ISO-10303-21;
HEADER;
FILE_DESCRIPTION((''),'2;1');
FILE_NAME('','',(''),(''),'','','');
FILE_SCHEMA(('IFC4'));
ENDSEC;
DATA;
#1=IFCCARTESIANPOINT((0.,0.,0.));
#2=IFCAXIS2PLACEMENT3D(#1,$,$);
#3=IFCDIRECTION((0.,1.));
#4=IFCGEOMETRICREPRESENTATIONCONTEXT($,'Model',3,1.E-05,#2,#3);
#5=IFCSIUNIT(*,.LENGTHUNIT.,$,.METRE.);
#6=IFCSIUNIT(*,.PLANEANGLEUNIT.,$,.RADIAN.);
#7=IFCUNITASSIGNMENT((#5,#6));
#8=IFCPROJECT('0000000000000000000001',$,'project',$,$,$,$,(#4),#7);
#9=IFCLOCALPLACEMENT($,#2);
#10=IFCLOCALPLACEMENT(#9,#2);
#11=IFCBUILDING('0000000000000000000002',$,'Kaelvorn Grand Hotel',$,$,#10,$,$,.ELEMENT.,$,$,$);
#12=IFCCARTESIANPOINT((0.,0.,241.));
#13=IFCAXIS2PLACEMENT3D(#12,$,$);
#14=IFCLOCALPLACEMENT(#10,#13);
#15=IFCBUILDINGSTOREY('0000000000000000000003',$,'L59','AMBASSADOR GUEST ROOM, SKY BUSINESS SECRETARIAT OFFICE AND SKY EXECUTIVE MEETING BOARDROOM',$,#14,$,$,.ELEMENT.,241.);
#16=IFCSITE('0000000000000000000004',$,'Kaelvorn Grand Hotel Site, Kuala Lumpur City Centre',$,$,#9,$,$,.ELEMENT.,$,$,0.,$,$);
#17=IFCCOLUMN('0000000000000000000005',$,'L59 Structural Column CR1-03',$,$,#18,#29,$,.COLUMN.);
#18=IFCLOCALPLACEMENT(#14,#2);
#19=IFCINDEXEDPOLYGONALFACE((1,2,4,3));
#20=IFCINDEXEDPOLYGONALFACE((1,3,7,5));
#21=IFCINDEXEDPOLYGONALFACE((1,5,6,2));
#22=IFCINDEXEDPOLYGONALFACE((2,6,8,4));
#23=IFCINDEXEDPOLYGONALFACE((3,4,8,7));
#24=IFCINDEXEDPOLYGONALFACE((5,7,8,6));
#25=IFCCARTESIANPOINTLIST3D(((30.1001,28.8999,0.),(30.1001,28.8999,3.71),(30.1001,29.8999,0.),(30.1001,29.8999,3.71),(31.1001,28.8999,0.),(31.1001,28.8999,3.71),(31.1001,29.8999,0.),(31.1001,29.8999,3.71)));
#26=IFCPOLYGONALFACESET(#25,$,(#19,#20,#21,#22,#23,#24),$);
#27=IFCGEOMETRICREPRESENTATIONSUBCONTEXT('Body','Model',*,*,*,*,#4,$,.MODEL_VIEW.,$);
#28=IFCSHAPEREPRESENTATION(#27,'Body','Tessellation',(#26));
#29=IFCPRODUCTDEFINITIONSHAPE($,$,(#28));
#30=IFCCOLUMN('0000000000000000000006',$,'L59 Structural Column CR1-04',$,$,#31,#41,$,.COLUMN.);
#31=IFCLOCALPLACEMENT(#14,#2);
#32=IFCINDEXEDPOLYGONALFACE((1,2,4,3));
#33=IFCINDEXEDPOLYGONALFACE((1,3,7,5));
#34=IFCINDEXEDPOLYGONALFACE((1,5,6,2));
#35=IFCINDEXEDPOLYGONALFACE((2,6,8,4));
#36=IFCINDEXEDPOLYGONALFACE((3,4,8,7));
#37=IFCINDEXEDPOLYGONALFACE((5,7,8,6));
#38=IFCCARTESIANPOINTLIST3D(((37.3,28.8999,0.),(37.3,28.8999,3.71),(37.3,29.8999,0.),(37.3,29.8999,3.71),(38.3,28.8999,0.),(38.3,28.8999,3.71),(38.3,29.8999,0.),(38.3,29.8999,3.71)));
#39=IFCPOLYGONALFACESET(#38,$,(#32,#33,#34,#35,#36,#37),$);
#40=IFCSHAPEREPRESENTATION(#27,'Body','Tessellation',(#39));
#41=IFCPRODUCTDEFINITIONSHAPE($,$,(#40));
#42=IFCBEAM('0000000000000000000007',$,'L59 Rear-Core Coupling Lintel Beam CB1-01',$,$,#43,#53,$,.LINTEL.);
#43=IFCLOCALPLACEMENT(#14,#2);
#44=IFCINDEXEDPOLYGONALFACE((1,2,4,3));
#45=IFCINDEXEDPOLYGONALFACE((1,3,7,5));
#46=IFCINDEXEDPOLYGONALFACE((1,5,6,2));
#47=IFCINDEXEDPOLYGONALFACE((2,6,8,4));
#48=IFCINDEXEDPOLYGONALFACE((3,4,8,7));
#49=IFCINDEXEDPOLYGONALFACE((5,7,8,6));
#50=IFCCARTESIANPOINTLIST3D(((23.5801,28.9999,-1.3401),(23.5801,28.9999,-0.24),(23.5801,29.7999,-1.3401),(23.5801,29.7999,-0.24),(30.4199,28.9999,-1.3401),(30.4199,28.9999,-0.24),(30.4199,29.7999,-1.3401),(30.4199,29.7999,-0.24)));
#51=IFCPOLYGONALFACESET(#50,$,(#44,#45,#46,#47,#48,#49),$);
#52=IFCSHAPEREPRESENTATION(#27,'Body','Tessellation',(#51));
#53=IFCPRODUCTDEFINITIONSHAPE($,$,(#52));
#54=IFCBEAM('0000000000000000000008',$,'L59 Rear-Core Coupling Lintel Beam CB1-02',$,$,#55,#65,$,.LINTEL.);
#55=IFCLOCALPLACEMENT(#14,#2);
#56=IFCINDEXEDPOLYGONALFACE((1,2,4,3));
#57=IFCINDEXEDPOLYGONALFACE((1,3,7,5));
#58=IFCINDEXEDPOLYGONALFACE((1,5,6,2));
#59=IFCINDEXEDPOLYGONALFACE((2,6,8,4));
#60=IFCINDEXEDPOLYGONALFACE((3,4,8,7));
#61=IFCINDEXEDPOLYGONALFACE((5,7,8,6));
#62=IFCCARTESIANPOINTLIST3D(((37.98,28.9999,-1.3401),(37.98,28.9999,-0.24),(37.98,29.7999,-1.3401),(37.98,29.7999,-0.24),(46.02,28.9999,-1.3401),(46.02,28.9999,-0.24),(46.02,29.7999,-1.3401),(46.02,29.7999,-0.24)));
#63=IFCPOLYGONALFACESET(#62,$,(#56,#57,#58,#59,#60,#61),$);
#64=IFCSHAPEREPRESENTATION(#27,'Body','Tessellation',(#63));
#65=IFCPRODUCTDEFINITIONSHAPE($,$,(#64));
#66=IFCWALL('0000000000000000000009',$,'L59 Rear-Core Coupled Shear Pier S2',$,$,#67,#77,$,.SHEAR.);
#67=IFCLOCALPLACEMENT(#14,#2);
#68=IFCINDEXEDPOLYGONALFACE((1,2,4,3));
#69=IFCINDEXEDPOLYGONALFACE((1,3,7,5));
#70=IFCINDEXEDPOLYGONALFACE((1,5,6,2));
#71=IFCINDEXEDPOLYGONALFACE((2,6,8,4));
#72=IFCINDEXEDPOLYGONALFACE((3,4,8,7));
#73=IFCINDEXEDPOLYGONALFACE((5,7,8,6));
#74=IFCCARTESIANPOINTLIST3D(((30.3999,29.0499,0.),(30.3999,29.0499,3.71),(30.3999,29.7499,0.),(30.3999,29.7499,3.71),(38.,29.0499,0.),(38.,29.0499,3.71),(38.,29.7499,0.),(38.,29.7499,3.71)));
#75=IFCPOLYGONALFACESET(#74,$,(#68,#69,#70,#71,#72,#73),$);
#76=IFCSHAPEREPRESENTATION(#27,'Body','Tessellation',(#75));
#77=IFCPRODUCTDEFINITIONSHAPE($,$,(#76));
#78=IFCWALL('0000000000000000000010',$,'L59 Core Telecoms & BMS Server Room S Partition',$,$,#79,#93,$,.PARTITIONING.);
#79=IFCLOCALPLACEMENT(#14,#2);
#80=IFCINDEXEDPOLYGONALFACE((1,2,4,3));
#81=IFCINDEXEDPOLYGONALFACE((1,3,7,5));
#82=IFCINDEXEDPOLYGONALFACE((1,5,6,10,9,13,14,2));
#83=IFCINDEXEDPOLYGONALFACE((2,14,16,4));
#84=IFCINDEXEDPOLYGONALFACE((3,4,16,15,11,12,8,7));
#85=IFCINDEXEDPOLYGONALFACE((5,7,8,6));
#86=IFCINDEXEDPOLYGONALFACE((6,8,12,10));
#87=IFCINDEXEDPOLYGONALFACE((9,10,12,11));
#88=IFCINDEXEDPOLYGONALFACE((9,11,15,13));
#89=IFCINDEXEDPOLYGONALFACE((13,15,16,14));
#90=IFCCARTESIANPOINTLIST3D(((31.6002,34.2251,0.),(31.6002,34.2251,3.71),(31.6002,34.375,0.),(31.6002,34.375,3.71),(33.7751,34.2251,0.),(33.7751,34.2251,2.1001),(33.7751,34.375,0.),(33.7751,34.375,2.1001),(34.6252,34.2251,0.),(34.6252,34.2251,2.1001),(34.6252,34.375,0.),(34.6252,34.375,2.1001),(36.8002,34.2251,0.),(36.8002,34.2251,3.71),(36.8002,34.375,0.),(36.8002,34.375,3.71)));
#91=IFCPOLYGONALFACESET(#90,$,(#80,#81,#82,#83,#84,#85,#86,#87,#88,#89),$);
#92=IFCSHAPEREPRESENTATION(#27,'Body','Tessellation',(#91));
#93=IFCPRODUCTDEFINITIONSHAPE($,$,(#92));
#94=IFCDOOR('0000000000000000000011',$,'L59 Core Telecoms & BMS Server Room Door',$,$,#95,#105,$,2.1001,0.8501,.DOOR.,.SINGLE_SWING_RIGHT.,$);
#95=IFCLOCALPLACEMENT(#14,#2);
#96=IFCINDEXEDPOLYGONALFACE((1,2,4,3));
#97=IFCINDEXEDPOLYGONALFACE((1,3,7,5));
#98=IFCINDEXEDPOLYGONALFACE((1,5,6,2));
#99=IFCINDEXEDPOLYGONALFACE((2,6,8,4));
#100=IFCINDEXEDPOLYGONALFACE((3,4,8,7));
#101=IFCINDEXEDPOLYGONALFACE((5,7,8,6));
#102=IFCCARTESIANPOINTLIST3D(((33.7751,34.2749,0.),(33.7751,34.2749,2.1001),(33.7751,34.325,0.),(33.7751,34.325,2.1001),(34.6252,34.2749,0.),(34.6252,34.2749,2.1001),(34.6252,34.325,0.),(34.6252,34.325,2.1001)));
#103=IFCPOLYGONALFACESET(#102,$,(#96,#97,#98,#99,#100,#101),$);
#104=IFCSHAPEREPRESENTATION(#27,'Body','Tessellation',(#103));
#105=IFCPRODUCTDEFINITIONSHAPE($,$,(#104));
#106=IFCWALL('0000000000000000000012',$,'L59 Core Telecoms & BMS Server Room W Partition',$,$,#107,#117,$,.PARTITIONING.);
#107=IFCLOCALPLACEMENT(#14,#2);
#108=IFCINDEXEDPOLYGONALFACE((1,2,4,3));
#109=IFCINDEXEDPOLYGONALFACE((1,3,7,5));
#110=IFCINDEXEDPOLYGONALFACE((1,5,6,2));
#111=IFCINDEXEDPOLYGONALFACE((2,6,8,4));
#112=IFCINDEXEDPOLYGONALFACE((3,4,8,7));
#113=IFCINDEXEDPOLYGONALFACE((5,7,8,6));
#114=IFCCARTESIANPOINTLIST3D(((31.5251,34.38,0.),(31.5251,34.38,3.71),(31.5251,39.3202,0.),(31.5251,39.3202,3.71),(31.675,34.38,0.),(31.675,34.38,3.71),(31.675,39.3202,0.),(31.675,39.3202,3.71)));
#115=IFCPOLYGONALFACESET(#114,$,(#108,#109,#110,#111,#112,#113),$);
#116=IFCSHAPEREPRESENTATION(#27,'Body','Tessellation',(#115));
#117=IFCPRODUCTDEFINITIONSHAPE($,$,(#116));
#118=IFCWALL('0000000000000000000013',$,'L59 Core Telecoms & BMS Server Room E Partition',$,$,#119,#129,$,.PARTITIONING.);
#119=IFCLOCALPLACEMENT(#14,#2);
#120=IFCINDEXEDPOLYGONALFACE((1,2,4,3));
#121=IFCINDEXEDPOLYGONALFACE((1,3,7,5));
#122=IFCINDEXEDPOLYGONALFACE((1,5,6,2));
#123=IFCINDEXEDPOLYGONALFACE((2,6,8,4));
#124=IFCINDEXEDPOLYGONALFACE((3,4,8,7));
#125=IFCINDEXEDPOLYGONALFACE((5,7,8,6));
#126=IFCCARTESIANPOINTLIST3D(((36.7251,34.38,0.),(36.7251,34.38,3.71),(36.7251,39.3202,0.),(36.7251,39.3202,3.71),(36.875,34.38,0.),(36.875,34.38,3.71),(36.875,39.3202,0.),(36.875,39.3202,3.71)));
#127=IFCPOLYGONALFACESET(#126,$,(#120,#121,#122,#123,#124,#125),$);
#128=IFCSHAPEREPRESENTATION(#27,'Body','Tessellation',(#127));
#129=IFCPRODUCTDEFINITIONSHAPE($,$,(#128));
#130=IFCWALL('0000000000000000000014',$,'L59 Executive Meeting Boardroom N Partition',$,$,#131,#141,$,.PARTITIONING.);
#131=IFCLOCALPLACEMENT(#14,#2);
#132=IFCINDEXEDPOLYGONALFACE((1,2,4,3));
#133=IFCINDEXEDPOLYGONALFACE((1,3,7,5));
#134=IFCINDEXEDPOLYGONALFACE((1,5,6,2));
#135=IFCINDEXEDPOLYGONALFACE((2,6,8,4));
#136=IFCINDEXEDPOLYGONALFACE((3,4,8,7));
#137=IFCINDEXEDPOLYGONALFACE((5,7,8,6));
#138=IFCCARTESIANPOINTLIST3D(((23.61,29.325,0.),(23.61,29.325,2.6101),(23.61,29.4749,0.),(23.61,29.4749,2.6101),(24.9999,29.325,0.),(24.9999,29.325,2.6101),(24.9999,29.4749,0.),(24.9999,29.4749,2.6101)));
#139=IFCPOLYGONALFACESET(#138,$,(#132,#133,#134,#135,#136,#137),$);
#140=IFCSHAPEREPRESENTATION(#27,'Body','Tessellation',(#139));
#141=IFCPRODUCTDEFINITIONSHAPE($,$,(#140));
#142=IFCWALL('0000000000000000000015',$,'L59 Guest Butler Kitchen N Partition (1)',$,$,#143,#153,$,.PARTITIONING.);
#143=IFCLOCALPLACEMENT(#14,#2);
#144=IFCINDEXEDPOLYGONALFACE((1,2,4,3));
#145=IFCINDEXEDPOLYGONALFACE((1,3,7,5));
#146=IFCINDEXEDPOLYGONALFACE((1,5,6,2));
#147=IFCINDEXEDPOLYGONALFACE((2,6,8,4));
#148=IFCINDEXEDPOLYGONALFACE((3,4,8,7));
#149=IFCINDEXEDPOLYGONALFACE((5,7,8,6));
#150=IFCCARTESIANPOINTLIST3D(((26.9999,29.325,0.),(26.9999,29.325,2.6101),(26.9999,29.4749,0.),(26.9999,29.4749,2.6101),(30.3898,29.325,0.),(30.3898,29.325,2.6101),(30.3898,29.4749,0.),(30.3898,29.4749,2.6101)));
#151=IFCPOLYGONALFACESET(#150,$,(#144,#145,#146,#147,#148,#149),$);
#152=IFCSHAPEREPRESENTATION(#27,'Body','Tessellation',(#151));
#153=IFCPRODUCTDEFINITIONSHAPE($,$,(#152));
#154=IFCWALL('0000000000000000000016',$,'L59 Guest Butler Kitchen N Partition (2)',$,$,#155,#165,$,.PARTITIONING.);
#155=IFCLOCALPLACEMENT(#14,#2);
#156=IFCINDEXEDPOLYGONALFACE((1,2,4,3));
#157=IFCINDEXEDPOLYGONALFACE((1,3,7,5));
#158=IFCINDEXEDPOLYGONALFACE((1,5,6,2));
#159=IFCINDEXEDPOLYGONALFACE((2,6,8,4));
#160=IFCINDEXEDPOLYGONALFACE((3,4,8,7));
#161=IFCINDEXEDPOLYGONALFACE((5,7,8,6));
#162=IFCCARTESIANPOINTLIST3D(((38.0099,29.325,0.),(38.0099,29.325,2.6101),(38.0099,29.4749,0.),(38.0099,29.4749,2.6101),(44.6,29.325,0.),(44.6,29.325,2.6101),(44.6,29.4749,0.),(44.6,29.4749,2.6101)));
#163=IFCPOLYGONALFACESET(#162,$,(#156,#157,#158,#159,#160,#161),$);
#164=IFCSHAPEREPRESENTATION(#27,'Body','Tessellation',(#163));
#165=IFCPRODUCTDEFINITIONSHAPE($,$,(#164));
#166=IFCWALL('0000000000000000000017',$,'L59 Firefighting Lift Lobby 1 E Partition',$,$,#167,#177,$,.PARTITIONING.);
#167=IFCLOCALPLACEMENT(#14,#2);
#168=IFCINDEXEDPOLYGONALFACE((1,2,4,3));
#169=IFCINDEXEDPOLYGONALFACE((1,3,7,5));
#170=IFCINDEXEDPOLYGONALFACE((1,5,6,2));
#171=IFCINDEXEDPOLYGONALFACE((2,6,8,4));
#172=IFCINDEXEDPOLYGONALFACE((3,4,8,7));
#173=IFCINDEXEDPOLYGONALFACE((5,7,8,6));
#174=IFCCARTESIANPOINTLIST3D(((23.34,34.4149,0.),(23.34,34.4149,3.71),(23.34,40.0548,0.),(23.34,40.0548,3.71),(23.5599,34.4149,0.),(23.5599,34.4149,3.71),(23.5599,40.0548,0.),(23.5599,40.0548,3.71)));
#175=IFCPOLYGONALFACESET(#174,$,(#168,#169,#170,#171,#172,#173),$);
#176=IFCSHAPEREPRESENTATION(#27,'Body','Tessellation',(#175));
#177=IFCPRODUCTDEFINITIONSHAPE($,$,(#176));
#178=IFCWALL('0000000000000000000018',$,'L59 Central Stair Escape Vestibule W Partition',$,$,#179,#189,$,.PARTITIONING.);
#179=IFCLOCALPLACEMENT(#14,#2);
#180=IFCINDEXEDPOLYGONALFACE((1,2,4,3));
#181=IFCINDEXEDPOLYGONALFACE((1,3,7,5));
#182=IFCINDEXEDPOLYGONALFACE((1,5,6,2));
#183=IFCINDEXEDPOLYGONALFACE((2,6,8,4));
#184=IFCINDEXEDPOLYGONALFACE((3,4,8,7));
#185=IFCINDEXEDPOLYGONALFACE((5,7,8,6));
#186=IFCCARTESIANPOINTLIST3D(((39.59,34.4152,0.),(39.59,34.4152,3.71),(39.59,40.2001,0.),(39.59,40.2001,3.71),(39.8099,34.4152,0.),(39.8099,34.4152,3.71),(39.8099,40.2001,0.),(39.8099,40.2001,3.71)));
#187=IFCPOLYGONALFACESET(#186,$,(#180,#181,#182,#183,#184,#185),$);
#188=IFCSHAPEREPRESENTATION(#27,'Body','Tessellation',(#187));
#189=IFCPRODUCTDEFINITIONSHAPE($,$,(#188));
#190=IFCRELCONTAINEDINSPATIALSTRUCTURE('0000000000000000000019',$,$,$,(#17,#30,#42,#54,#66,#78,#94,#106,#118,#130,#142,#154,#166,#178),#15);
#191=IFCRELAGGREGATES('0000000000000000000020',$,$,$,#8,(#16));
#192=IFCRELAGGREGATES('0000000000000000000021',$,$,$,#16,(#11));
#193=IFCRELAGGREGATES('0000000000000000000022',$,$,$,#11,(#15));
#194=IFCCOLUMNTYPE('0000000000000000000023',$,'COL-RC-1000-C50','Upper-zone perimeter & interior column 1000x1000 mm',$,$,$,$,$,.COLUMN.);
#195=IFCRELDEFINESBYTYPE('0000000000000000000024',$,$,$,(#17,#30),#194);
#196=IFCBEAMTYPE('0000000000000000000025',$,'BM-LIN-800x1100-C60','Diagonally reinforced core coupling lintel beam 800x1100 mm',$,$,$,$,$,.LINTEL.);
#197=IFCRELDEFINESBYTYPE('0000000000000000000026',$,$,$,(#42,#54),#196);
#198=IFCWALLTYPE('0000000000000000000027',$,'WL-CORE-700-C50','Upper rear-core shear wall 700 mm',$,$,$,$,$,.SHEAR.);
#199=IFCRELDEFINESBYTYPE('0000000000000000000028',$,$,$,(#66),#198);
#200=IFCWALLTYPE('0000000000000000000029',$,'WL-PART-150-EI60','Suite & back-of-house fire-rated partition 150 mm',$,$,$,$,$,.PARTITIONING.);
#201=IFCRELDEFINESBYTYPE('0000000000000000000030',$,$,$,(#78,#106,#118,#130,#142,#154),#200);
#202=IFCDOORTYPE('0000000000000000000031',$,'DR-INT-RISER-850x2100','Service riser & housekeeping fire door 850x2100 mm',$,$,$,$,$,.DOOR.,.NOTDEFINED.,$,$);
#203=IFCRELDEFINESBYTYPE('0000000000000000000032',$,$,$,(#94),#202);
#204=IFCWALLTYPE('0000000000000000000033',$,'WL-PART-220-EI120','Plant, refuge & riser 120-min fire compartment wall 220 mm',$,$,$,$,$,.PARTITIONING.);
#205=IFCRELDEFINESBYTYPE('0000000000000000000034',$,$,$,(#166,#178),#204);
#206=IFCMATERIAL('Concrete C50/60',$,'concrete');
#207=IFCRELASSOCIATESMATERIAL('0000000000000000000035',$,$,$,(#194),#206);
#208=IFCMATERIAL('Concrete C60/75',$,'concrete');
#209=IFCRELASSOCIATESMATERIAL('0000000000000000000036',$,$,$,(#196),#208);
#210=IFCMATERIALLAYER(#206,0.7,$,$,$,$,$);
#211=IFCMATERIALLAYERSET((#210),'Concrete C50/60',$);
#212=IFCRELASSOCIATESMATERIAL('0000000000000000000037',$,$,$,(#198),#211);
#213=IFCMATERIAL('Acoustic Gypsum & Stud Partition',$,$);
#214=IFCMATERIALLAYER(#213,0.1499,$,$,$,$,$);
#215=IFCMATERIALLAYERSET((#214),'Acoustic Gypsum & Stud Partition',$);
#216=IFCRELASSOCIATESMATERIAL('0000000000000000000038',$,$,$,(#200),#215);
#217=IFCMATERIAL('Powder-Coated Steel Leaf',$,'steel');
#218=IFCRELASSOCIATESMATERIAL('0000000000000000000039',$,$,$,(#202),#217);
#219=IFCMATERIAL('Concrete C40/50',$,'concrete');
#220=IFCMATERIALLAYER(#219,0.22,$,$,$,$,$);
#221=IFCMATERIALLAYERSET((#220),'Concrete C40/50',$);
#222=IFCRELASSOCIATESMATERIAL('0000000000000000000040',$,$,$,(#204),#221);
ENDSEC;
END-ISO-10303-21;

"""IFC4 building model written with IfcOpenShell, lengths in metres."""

from ifc_helpers import new_model, si_unit, direction, frame, frame_2d, origin, origin_2d, place, context, subcontext, project, spatial, rectangle, extrude, material, layer, layer_set, material_profile, profile_set, type_object, element, fill, save


model = new_model("IFC4")

# Units and contexts
model_context = context("Model", 3, precision=1e-05, world=origin(), true_north=direction((0.0, 1.0)))
body_context = subcontext(model_context, "Body", "Model", "MODEL_VIEW")
ifc_project = project(units=[si_unit("LENGTHUNIT", "METRE"), si_unit("PLANEANGLEUNIT", "RADIAN")], contexts=[model_context])

# Site, building, storey
site_placement = place(None, origin())
site = spatial("IfcSite", under=ifc_project, at=site_placement, Name="Kaelvorn Grand Hotel Site, Kuala Lumpur City Centre", CompositionType="ELEMENT", RefElevation=0.0)
building_placement = place(site_placement, origin())
building = spatial("IfcBuilding", under=site, at=building_placement, Name="Kaelvorn Grand Hotel", CompositionType="ELEMENT")
storey_placement = place(building_placement, frame((0.0, 0.0, 241.0)))
storey = spatial("IfcBuildingStorey", under=building, at=storey_placement, Name="L59", Description="AMBASSADOR GUEST ROOM, SKY BUSINESS SECRETARIAT OFFICE AND SKY EXECUTIVE MEETING BOARDROOM", CompositionType="ELEMENT", Elevation=241.0)

# Columns
ifc_material_1 = material(Name="Concrete C50/60", Category="concrete")
ifc_material_profile_1 = material_profile(ifc_material_1, rectangle(XDim=1.0, YDim=1.0, at=origin_2d()), Name="RC COL 1000x1000")
ifc_profile_set_1 = profile_set([ifc_material_profile_1], Name="Concrete C50/60")
column_type = type_object("IfcColumnType", Name="COL-RC-1000-C50", Description="Upper-zone perimeter & interior column 1000x1000 mm", PredefinedType="COLUMN", material=ifc_profile_set_1)
for number, where, z_axis, x_axis, name in (
    (1, (30.6001, 29.3999, 0.0), (0.0, 0.0, 1.0), (1.0, 0.0, 0.0), "L59 Structural Column CR1-03"),
    (2, (37.8, 29.3999, 0.0), (0.0, 0.0, 1.0), (1.0, 0.0, 0.0), "L59 Structural Column CR1-04"),
):
    element("IfcColumn", number, at=place(storey_placement, frame(where, z_axis=z_axis, x_axis=x_axis)), inside=storey, type_object=column_type, Name=name, PredefinedType="COLUMN", context=body_context, shape_type="SweptSolid", body=[
        extrude(rectangle(XDim=1.0, YDim=1.0, at=origin_2d()), origin(), (0.0, 0.0, 1.0), 3.71),
    ])

# Beams
ifc_material_2 = material(Name="Concrete C60/75", Category="concrete")
ifc_material_profile_2 = material_profile(ifc_material_2, rectangle(XDim=0.8, YDim=1.1001, at=origin_2d()), Name="RC LINTEL 800x1100")
ifc_profile_set_2 = profile_set([ifc_material_profile_2], Name="Concrete C60/75")
beam_type = type_object("IfcBeamType", Name="BM-LIN-800x1100-C60", Description="Diagonally reinforced core coupling lintel beam 800x1100 mm", PredefinedType="LINTEL", material=ifc_profile_set_2)
beam_1_placement = place(storey_placement, frame((23.5801, 29.3999, -0.79), z_axis=(1.0, 0.0, 0.0), x_axis=(0.0, 1.0, 0.0)))
element("IfcBeam", 3, at=beam_1_placement, inside=storey, type_object=beam_type, Name="L59 Rear-Core Coupling Lintel Beam CB1-01", PredefinedType="LINTEL", context=body_context, shape_type="SweptSolid", body=[
    extrude(rectangle(XDim=0.8, YDim=1.1001, at=origin_2d()), origin(), (0.0, 0.0, 1.0), 6.8398),
])
beam_2_placement = place(storey_placement, frame((37.98, 29.3999, -0.79), z_axis=(1.0, 0.0, 0.0), x_axis=(0.0, 1.0, 0.0)))
element("IfcBeam", 4, at=beam_2_placement, inside=storey, type_object=beam_type, Name="L59 Rear-Core Coupling Lintel Beam CB1-02", PredefinedType="LINTEL", context=body_context, shape_type="SweptSolid", body=[
    extrude(rectangle(XDim=0.8, YDim=1.1001, at=origin_2d()), origin(), (0.0, 0.0, 1.0), 8.04),
])

# Wall
ifc_layer_1 = layer(ifc_material_1, 0.7)
ifc_layer_set_1 = layer_set([ifc_layer_1], Name="Concrete C50/60")
wall_type_1 = type_object("IfcWallType", Name="WL-CORE-700-C50", Description="Upper rear-core shear wall 700 mm", PredefinedType="SHEAR", material=ifc_layer_set_1)
wall_1_placement = place(storey_placement, frame((30.3999, 29.3999, 0.0), z_axis=(0.0, 0.0, 1.0), x_axis=(1.0, 0.0, 0.0)))
element("IfcWall", 5, at=wall_1_placement, inside=storey, type_object=wall_type_1, Name="L59 Rear-Core Coupled Shear Pier S2", PredefinedType="SHEAR", context=body_context, shape_type="SweptSolid", body=[
    extrude(rectangle(XDim=7.6001, YDim=0.7, at=frame_2d((3.8, 0.0))), origin(), (0.0, 0.0, 1.0), 3.71),
])

# Wall, opening, door
ifc_material_3 = material(Name="Acoustic Gypsum & Stud Partition")
ifc_layer_2 = layer(ifc_material_3, 0.1499)
ifc_layer_set_2 = layer_set([ifc_layer_2], Name="Acoustic Gypsum & Stud Partition")
wall_type_2 = type_object("IfcWallType", Name="WL-PART-150-EI60", Description="Suite & back-of-house fire-rated partition 150 mm", PredefinedType="PARTITIONING", material=ifc_layer_set_2)
wall_2_placement = place(storey_placement, frame((31.6001, 34.3, 0.0), z_axis=(0.0, 0.0, 1.0), x_axis=(1.0, 0.0, 0.0)))
wall_2 = element("IfcWall", 6, at=wall_2_placement, inside=storey, type_object=wall_type_2, Name="L59 Core Telecoms & BMS Server Room S Partition", PredefinedType="PARTITIONING", context=body_context, shape_type="SweptSolid", body=[
    extrude(rectangle(XDim=5.2, YDim=0.1499, at=frame_2d((2.6001, 0.0))), origin(), (0.0, 0.0, 1.0), 3.71),
])
opening_1_placement = place(wall_2_placement, frame((2.175, 0.0, 0.0)))
opening_1 = element("IfcOpeningElement", 7, at=opening_1_placement, cuts=wall_2, PredefinedType="OPENING", context=body_context, shape_type="SweptSolid", body=[
    extrude(rectangle(XDim=0.8501, YDim=2.1001, at=frame_2d((0.425, 1.05))), frame((0.0, 0.085, 0.0), z_axis=(0.0, -1.0, 0.0), x_axis=(1.0, 0.0, 0.0)), (0.0, 0.0, 1.0), 0.1699),
])
ifc_material_4 = material(Name="Powder-Coated Steel Leaf", Category="steel")
door_type_1 = type_object("IfcDoorType", Name="DR-INT-RISER-850x2100", Description="Service riser & housekeeping fire door 850x2100 mm", OperationType="NOTDEFINED", PredefinedType="DOOR", material=ifc_material_4)
door_1_placement = place(opening_1_placement, origin())
door_1 = element("IfcDoor", 8, at=door_1_placement, inside=storey, type_object=door_type_1, Name="L59 Core Telecoms & BMS Server Room Door", OperationType="SINGLE_SWING_RIGHT", OverallHeight=2.1001, OverallWidth=0.8501, PredefinedType="DOOR", context=body_context, shape_type="SweptSolid", body=[
    extrude(rectangle(XDim=0.8501, YDim=2.1001, at=frame_2d((0.425, 1.05))), frame((0.0, 0.0249, 0.0), z_axis=(0.0, -1.0, 0.0), x_axis=(1.0, 0.0, 0.0)), (0.0, 0.0, 1.0), 0.05),
])
fill(opening_1, door_1)

# Walls
for number, where, z_axis, x_axis, name in (
    (9, (31.6001, 34.3799, 0.0), (0.0, 0.0, 1.0), (0.0, 1.0, 0.0), "L59 Core Telecoms & BMS Server Room W Partition"),
    (10, (36.8, 34.3799, 0.0), (0.0, 0.0, 1.0), (0.0, 1.0, 0.0), "L59 Core Telecoms & BMS Server Room E Partition"),
):
    element("IfcWall", number, at=place(storey_placement, frame(where, z_axis=z_axis, x_axis=x_axis)), inside=storey, type_object=wall_type_2, Name=name, PredefinedType="PARTITIONING", context=body_context, shape_type="SweptSolid", body=[
        extrude(rectangle(XDim=4.9402, YDim=0.1499, at=frame_2d((2.4702, 0.0))), origin(), (0.0, 0.0, 1.0), 3.71),
    ])
wall_3_placement = place(storey_placement, frame((23.6101, 29.3999, 0.0), z_axis=(0.0, 0.0, 1.0), x_axis=(1.0, 0.0, 0.0)))
element("IfcWall", 11, at=wall_3_placement, inside=storey, type_object=wall_type_2, Name="L59 Executive Meeting Boardroom N Partition", PredefinedType="PARTITIONING", context=body_context, shape_type="SweptSolid", body=[
    extrude(rectangle(XDim=1.3899, YDim=0.1499, at=frame_2d((0.6948, 0.0))), origin(), (0.0, 0.0, 1.0), 2.6101),
])
wall_4_placement = place(storey_placement, frame((27.0, 29.3999, 0.0), z_axis=(0.0, 0.0, 1.0), x_axis=(1.0, 0.0, 0.0)))
element("IfcWall", 12, at=wall_4_placement, inside=storey, type_object=wall_type_2, Name="L59 Guest Butler Kitchen N Partition (1)", PredefinedType="PARTITIONING", context=body_context, shape_type="SweptSolid", body=[
    extrude(rectangle(XDim=3.3899, YDim=0.1499, at=frame_2d((1.6948, 0.0))), origin(), (0.0, 0.0, 1.0), 2.6101),
])
wall_5_placement = place(storey_placement, frame((38.01, 29.3999, 0.0), z_axis=(0.0, 0.0, 1.0), x_axis=(1.0, 0.0, 0.0)))
element("IfcWall", 13, at=wall_5_placement, inside=storey, type_object=wall_type_2, Name="L59 Guest Butler Kitchen N Partition (2)", PredefinedType="PARTITIONING", context=body_context, shape_type="SweptSolid", body=[
    extrude(rectangle(XDim=6.5901, YDim=0.1499, at=frame_2d((3.2949, 0.0))), origin(), (0.0, 0.0, 1.0), 2.6101),
])
ifc_material_5 = material(Name="Concrete C40/50", Category="concrete")
ifc_layer_3 = layer(ifc_material_5, 0.22)
ifc_layer_set_3 = layer_set([ifc_layer_3], Name="Concrete C40/50")
wall_type_3 = type_object("IfcWallType", Name="WL-PART-220-EI120", Description="Plant, refuge & riser 120-min fire compartment wall 220 mm", PredefinedType="PARTITIONING", material=ifc_layer_set_3)
wall_6_placement = place(storey_placement, frame((23.45, 34.415, 0.0), z_axis=(0.0, 0.0, 1.0), x_axis=(0.0, 1.0, 0.0)))
element("IfcWall", 14, at=wall_6_placement, inside=storey, type_object=wall_type_3, Name="L59 Firefighting Lift Lobby 1 E Partition", PredefinedType="PARTITIONING", context=body_context, shape_type="SweptSolid", body=[
    extrude(rectangle(XDim=5.6399, YDim=0.22, at=frame_2d((2.8198, 0.0))), origin(), (0.0, 0.0, 1.0), 3.71),
])

# Wall
wall_7_placement = place(storey_placement, frame((39.7, 34.415, 0.0), z_axis=(0.0, 0.0, 1.0), x_axis=(0.0, 1.0, 0.0)))
element("IfcWall", 15, at=wall_7_placement, inside=storey, type_object=wall_type_3, Name="L59 Central Stair Escape Vestibule W Partition", PredefinedType="PARTITIONING", context=body_context, shape_type="SweptSolid", body=[
    extrude(rectangle(XDim=5.7849, YDim=0.22, at=frame_2d((2.8926, 0.0))), origin(), (0.0, 0.0, 1.0), 3.71),
])

save(model, "model.ifc")
